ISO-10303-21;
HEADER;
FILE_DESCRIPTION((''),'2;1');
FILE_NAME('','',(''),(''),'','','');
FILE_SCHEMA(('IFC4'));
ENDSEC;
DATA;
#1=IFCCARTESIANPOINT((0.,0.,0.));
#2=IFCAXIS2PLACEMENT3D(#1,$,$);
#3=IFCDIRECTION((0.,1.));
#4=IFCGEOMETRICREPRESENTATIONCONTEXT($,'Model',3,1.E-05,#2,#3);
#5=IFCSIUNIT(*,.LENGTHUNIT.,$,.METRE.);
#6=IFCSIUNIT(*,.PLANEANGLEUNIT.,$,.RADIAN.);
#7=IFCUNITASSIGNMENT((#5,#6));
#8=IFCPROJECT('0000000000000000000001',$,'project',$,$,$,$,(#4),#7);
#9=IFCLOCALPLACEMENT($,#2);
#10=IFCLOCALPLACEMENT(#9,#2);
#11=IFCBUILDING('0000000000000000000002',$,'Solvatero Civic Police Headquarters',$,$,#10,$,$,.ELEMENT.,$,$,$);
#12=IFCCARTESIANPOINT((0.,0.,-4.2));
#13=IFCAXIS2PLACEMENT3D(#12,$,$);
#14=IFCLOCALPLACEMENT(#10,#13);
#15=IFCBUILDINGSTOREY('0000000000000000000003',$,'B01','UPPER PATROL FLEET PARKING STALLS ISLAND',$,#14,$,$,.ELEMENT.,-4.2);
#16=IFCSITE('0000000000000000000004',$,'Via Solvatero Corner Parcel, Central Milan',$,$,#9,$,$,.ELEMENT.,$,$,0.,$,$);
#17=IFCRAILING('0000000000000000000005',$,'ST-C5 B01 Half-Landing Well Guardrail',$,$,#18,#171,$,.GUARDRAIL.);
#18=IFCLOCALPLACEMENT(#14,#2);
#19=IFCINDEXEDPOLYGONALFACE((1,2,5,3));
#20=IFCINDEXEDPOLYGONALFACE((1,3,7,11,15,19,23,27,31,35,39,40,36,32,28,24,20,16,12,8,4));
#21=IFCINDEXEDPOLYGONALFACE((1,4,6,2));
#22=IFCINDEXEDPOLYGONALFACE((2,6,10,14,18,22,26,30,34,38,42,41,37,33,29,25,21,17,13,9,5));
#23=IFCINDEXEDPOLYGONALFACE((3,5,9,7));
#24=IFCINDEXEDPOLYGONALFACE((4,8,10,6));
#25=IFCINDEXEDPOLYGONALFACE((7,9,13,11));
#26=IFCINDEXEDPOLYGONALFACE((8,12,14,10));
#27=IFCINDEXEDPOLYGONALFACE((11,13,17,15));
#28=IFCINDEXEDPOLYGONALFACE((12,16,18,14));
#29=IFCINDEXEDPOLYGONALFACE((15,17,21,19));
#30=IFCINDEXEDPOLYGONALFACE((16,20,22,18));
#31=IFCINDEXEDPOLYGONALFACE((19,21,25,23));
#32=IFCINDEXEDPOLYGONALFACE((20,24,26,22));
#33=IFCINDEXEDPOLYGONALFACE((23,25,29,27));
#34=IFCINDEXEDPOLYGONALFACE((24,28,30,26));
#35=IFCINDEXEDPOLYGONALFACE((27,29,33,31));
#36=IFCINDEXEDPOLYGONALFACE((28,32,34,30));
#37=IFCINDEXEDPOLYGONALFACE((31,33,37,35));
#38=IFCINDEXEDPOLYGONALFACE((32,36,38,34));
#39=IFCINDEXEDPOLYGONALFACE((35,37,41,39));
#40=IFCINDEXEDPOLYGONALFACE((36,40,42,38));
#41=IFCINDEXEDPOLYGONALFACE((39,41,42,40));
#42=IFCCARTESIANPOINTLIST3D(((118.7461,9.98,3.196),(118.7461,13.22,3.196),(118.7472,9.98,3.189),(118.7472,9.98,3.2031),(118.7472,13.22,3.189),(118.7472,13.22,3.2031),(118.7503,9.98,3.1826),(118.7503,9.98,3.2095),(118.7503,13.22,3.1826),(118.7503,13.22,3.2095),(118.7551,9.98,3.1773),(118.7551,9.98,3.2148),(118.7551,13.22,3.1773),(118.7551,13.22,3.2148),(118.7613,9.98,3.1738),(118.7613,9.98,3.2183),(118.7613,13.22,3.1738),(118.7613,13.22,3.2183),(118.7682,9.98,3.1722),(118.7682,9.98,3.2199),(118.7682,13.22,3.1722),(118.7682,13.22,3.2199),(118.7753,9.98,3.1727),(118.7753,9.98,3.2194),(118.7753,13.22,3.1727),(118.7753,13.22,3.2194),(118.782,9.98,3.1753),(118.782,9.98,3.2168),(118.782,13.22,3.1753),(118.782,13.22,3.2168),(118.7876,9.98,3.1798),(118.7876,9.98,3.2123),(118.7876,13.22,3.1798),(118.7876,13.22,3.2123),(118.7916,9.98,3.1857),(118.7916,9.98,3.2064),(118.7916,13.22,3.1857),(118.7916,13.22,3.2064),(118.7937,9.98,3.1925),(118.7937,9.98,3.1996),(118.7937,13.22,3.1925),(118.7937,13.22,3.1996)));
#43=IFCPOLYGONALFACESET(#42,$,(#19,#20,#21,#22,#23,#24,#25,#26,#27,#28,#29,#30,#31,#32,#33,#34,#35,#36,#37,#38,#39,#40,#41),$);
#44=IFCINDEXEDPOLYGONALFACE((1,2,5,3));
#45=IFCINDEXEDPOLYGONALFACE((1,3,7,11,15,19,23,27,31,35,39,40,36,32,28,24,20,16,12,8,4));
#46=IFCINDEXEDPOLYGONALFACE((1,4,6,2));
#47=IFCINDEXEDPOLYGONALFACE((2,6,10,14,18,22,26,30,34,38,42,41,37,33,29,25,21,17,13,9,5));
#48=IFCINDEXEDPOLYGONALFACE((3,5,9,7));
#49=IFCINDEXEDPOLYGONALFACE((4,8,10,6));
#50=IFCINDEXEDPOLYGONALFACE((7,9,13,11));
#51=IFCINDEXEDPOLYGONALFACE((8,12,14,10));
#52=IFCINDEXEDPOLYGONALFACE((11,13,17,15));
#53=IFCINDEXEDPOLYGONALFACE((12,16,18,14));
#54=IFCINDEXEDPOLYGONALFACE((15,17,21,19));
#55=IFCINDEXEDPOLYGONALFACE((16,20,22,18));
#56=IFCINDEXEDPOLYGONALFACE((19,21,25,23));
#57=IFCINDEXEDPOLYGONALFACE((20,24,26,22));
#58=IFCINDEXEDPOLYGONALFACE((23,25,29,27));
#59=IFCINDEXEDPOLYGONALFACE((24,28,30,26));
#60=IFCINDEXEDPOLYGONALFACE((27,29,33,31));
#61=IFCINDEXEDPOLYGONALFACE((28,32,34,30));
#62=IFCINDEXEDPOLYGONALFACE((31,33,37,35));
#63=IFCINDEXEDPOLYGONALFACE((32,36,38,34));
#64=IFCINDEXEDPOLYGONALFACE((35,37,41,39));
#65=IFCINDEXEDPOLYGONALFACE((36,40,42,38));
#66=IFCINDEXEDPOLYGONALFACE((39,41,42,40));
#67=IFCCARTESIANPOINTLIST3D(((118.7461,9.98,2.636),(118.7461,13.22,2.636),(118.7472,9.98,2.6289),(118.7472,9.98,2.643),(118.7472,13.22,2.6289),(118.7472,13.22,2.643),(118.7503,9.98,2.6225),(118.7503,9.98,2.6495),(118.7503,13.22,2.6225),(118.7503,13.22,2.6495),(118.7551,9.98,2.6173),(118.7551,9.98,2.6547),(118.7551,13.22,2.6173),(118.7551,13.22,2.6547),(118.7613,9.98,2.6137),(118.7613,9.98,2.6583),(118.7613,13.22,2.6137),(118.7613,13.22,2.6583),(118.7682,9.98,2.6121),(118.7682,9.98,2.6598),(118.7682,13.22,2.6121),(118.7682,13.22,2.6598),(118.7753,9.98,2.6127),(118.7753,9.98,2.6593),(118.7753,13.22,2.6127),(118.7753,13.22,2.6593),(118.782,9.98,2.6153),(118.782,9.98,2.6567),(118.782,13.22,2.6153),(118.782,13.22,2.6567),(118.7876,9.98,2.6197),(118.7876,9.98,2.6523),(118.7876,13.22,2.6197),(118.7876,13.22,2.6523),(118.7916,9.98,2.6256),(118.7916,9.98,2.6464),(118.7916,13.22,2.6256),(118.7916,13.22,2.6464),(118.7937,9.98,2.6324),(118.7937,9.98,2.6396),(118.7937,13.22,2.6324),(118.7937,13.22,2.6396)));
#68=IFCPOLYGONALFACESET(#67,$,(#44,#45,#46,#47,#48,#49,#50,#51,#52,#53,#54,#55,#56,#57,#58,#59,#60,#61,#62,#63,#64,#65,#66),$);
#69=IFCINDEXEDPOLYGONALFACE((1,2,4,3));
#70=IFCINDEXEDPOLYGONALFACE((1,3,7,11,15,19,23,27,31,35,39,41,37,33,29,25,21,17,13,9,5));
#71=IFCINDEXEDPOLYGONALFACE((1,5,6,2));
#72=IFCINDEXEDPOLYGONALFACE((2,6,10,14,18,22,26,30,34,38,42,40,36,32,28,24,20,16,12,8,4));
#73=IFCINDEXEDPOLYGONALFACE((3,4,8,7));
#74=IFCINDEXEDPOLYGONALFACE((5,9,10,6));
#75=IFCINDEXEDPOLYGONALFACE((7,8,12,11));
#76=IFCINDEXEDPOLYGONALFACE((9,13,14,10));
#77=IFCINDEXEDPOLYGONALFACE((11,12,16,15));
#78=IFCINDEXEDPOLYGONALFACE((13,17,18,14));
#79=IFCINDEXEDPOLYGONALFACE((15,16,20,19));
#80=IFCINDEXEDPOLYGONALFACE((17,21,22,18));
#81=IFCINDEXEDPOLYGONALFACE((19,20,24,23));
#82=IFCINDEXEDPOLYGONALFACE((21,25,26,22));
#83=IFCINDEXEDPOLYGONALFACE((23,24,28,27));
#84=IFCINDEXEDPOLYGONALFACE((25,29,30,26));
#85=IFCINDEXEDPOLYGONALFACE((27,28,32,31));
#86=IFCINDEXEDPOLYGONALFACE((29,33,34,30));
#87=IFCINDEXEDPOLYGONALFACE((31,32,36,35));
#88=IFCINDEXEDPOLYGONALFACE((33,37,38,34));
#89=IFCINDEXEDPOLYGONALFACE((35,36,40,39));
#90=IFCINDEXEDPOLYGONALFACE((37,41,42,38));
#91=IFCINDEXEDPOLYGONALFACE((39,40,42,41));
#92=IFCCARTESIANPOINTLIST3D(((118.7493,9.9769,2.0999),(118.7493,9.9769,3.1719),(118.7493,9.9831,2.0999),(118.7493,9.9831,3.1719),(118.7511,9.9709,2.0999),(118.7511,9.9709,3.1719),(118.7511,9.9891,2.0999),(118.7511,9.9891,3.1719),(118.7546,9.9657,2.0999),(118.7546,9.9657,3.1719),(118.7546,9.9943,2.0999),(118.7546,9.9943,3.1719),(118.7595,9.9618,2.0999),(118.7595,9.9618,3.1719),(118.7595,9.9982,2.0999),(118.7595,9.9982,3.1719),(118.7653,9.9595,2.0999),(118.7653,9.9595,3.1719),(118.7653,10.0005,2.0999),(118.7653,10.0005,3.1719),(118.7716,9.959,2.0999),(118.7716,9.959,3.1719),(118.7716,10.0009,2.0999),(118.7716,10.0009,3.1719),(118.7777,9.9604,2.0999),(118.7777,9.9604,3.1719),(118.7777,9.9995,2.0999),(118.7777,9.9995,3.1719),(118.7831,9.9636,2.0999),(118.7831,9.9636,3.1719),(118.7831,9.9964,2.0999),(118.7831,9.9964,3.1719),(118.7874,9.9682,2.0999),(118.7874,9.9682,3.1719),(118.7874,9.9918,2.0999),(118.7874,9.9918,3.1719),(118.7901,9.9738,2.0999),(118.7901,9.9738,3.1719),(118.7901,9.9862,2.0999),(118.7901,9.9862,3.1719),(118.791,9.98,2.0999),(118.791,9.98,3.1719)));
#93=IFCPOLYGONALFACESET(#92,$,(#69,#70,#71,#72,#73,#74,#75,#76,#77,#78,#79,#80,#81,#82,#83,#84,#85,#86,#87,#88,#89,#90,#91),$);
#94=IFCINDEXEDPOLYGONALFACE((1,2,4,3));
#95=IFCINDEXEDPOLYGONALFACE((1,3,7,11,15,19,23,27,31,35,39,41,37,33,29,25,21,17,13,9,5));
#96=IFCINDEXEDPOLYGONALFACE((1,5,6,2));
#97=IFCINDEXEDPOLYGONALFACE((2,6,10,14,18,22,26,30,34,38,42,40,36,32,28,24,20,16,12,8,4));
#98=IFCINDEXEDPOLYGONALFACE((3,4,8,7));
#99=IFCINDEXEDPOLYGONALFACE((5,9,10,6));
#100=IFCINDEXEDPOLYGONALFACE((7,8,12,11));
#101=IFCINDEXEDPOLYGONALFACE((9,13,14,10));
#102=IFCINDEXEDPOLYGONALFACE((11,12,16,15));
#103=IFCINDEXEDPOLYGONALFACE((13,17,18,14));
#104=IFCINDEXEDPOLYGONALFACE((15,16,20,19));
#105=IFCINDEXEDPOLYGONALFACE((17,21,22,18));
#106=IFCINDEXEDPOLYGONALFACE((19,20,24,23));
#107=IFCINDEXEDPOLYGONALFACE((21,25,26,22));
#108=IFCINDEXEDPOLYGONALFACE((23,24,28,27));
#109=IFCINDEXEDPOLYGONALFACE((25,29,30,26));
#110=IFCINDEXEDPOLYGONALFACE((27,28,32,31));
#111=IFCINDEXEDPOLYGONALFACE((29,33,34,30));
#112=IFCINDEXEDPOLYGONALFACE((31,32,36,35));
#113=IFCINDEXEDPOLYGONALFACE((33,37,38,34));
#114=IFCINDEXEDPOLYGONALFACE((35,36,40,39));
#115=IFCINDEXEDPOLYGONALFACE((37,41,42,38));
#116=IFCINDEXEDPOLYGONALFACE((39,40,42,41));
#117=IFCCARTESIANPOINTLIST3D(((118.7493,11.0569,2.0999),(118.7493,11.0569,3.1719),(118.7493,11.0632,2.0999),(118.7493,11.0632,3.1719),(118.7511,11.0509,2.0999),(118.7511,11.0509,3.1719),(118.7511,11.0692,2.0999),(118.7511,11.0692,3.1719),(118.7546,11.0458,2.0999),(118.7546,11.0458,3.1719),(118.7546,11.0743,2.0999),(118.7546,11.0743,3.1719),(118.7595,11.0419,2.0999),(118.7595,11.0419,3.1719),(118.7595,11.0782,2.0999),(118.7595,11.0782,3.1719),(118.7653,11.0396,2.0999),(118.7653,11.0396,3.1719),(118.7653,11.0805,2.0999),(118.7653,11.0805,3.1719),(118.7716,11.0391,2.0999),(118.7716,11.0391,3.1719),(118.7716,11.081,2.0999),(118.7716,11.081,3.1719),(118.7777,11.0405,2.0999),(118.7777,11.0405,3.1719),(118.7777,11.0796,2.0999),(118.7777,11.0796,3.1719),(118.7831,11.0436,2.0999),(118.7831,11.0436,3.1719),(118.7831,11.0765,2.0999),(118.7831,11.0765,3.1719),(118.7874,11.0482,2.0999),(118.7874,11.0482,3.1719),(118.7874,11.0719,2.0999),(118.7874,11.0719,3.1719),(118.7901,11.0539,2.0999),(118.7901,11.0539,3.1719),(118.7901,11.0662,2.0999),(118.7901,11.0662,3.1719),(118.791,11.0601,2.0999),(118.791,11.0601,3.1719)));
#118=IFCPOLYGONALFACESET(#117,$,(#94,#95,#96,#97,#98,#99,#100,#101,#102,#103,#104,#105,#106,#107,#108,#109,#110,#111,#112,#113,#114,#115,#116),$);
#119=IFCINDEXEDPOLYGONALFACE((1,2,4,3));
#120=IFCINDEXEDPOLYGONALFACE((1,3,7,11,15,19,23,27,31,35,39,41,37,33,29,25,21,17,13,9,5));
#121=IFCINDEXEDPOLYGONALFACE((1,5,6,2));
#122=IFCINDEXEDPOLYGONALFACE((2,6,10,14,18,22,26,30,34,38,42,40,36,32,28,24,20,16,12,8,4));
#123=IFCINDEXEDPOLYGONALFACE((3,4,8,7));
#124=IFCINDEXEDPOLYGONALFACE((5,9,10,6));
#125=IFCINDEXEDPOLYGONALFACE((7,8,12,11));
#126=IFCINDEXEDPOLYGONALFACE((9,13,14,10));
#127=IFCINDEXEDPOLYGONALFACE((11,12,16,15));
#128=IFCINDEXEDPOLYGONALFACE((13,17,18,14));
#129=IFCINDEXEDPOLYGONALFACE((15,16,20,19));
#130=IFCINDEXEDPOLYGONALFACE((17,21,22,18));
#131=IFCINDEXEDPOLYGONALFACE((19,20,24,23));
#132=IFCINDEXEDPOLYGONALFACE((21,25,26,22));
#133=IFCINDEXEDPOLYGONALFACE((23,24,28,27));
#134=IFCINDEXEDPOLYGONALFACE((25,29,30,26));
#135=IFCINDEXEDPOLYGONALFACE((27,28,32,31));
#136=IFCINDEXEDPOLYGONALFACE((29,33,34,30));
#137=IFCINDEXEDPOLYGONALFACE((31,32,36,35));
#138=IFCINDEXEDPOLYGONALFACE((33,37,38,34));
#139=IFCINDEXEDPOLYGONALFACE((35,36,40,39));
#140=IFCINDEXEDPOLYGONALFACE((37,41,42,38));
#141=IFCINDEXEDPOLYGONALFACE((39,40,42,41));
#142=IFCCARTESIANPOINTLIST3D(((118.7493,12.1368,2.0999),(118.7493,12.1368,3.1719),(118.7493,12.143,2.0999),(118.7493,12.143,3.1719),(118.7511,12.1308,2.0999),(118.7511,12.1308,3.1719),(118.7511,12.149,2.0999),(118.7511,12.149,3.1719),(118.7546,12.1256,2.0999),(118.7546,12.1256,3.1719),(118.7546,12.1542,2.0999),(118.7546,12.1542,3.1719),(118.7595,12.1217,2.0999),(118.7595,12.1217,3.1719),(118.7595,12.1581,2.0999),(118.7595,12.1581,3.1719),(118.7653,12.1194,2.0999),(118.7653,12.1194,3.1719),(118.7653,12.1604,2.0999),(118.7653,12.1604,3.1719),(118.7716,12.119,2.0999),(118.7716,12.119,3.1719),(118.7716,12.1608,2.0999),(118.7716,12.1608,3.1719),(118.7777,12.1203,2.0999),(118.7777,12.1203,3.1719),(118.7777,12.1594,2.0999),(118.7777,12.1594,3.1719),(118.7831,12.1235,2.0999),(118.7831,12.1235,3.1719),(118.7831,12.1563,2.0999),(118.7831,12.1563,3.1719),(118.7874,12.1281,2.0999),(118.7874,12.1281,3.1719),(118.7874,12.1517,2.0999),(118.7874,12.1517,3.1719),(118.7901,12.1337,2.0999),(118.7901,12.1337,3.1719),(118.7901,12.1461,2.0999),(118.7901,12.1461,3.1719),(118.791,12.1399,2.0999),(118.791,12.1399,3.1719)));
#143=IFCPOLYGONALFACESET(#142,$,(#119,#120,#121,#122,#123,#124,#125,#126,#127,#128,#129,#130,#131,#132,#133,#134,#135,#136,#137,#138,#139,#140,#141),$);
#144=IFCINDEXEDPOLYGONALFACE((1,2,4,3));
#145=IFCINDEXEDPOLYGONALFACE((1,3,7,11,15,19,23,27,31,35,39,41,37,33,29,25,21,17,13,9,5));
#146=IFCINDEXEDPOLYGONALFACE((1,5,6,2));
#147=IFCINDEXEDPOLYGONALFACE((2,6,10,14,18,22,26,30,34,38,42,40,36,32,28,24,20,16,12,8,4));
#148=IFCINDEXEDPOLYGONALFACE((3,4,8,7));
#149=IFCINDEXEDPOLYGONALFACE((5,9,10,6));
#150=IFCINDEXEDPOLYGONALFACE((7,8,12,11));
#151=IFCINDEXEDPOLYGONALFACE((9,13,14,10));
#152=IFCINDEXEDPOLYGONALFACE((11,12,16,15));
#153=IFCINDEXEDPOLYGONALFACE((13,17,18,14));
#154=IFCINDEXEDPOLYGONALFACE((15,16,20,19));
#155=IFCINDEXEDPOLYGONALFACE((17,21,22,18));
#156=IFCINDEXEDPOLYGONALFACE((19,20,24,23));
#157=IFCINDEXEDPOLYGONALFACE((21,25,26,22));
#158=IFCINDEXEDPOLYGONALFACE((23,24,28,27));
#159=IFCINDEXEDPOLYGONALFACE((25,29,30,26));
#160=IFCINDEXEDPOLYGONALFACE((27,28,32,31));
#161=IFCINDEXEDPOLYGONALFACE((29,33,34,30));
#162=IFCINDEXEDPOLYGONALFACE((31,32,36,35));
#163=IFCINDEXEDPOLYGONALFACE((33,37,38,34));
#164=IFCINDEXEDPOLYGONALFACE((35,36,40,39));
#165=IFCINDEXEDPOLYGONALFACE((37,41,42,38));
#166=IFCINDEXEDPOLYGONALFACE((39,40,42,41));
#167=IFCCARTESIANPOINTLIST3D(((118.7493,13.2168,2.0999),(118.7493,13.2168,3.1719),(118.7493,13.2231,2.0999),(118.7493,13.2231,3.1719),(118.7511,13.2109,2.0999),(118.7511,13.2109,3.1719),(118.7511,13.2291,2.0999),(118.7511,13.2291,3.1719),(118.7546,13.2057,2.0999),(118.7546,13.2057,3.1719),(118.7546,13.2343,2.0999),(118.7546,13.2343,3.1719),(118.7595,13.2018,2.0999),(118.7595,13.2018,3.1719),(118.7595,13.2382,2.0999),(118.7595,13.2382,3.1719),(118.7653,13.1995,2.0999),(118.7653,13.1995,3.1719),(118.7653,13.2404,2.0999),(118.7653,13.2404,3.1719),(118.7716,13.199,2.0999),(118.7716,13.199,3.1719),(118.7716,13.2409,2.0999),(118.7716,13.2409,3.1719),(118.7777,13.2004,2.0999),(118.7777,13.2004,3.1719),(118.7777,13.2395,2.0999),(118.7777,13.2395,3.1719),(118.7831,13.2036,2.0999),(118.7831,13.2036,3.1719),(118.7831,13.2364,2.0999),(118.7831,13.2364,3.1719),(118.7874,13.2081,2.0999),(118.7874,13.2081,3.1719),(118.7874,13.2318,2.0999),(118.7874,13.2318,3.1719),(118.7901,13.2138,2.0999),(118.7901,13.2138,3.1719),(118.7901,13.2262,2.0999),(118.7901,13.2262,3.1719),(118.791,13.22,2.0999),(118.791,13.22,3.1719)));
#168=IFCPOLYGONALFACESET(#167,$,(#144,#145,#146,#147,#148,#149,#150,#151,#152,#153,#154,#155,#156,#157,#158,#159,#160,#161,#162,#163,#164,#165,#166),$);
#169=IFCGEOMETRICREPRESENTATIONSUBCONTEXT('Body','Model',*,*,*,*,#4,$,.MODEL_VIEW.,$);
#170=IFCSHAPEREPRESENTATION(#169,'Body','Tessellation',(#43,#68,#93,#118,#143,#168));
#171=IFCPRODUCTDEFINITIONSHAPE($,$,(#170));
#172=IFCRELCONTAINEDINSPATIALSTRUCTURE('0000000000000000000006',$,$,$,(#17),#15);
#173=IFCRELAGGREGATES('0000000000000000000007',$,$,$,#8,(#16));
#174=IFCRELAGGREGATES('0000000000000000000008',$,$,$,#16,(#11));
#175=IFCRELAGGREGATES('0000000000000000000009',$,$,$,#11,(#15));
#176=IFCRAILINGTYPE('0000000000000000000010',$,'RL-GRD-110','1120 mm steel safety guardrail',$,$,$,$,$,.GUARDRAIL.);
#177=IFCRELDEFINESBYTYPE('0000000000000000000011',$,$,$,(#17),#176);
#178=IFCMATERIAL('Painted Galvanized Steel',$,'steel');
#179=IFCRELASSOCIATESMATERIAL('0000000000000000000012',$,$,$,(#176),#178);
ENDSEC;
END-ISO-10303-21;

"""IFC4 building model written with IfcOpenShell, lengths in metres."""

from ifc_helpers import new_model, si_unit, direction, frame, origin, origin_2d, place, context, subcontext, project, spatial, circle, extrude, material, type_object, element, save


model = new_model("IFC4")

# Units and contexts
model_context = context("Model", 3, precision=1e-05, world=origin(), true_north=direction((0.0, 1.0)))
body_context = subcontext(model_context, "Body", "Model", "MODEL_VIEW")
ifc_project = project(units=[si_unit("LENGTHUNIT", "METRE"), si_unit("PLANEANGLEUNIT", "RADIAN")], contexts=[model_context])

# Site, building, storey
site_placement = place(None, origin())
site = spatial("IfcSite", under=ifc_project, at=site_placement, Name="Via Solvatero Corner Parcel, Central Milan", CompositionType="ELEMENT", RefElevation=0.0)
building_placement = place(site_placement, origin())
building = spatial("IfcBuilding", under=site, at=building_placement, Name="Solvatero Civic Police Headquarters", CompositionType="ELEMENT")
storey_placement = place(building_placement, frame((0.0, 0.0, -4.2)))
storey = spatial("IfcBuildingStorey", under=building, at=storey_placement, Name="B01", Description="UPPER PATROL FLEET PARKING STALLS ISLAND", CompositionType="ELEMENT", Elevation=-4.2)

# Railing
ifc_material_1 = material(Name="Painted Galvanized Steel", Category="steel")
railing_type_1 = type_object("IfcRailingType", Name="RL-GRD-110", Description="1120 mm steel safety guardrail", PredefinedType="GUARDRAIL", material=ifc_material_1)
railing_1_placement = place(storey_placement, frame((118.77, 9.98, 2.0999)))
element("IfcRailing", 1, at=railing_1_placement, inside=storey, type_object=railing_type_1, Name="ST-C5 B01 Half-Landing Well Guardrail", PredefinedType="GUARDRAIL", context=body_context, shape_type="SweptSolid", body=[
    extrude(circle(Radius=0.0239, at=origin_2d()), frame((0.0, 0.0, 1.0962), z_axis=(0.0, 1.0, 0.0), x_axis=(-1.0, 0.0, 0.0)), (0.0, 0.0, 1.0), 3.24),
    extrude(circle(Radius=0.0239, at=origin_2d()), frame((0.0, 0.0, 0.5361), z_axis=(0.0, 1.0, 0.0), x_axis=(-1.0, 0.0, 0.0)), (0.0, 0.0, 1.0), 3.24),
    extrude(circle(Radius=0.021, at=origin_2d()), origin(), (0.0, 0.0, 1.0), 1.072),
    extrude(circle(Radius=0.021, at=origin_2d()), frame((0.0, 1.0801, 0.0)), (0.0, 0.0, 1.0), 1.072),
    extrude(circle(Radius=0.021, at=origin_2d()), frame((0.0, 2.1599, 0.0)), (0.0, 0.0, 1.0), 1.072),
    extrude(circle(Radius=0.021, at=origin_2d()), frame((0.0, 3.24, 0.0)), (0.0, 0.0, 1.0), 1.072),
])

save(model, "model.ifc")
